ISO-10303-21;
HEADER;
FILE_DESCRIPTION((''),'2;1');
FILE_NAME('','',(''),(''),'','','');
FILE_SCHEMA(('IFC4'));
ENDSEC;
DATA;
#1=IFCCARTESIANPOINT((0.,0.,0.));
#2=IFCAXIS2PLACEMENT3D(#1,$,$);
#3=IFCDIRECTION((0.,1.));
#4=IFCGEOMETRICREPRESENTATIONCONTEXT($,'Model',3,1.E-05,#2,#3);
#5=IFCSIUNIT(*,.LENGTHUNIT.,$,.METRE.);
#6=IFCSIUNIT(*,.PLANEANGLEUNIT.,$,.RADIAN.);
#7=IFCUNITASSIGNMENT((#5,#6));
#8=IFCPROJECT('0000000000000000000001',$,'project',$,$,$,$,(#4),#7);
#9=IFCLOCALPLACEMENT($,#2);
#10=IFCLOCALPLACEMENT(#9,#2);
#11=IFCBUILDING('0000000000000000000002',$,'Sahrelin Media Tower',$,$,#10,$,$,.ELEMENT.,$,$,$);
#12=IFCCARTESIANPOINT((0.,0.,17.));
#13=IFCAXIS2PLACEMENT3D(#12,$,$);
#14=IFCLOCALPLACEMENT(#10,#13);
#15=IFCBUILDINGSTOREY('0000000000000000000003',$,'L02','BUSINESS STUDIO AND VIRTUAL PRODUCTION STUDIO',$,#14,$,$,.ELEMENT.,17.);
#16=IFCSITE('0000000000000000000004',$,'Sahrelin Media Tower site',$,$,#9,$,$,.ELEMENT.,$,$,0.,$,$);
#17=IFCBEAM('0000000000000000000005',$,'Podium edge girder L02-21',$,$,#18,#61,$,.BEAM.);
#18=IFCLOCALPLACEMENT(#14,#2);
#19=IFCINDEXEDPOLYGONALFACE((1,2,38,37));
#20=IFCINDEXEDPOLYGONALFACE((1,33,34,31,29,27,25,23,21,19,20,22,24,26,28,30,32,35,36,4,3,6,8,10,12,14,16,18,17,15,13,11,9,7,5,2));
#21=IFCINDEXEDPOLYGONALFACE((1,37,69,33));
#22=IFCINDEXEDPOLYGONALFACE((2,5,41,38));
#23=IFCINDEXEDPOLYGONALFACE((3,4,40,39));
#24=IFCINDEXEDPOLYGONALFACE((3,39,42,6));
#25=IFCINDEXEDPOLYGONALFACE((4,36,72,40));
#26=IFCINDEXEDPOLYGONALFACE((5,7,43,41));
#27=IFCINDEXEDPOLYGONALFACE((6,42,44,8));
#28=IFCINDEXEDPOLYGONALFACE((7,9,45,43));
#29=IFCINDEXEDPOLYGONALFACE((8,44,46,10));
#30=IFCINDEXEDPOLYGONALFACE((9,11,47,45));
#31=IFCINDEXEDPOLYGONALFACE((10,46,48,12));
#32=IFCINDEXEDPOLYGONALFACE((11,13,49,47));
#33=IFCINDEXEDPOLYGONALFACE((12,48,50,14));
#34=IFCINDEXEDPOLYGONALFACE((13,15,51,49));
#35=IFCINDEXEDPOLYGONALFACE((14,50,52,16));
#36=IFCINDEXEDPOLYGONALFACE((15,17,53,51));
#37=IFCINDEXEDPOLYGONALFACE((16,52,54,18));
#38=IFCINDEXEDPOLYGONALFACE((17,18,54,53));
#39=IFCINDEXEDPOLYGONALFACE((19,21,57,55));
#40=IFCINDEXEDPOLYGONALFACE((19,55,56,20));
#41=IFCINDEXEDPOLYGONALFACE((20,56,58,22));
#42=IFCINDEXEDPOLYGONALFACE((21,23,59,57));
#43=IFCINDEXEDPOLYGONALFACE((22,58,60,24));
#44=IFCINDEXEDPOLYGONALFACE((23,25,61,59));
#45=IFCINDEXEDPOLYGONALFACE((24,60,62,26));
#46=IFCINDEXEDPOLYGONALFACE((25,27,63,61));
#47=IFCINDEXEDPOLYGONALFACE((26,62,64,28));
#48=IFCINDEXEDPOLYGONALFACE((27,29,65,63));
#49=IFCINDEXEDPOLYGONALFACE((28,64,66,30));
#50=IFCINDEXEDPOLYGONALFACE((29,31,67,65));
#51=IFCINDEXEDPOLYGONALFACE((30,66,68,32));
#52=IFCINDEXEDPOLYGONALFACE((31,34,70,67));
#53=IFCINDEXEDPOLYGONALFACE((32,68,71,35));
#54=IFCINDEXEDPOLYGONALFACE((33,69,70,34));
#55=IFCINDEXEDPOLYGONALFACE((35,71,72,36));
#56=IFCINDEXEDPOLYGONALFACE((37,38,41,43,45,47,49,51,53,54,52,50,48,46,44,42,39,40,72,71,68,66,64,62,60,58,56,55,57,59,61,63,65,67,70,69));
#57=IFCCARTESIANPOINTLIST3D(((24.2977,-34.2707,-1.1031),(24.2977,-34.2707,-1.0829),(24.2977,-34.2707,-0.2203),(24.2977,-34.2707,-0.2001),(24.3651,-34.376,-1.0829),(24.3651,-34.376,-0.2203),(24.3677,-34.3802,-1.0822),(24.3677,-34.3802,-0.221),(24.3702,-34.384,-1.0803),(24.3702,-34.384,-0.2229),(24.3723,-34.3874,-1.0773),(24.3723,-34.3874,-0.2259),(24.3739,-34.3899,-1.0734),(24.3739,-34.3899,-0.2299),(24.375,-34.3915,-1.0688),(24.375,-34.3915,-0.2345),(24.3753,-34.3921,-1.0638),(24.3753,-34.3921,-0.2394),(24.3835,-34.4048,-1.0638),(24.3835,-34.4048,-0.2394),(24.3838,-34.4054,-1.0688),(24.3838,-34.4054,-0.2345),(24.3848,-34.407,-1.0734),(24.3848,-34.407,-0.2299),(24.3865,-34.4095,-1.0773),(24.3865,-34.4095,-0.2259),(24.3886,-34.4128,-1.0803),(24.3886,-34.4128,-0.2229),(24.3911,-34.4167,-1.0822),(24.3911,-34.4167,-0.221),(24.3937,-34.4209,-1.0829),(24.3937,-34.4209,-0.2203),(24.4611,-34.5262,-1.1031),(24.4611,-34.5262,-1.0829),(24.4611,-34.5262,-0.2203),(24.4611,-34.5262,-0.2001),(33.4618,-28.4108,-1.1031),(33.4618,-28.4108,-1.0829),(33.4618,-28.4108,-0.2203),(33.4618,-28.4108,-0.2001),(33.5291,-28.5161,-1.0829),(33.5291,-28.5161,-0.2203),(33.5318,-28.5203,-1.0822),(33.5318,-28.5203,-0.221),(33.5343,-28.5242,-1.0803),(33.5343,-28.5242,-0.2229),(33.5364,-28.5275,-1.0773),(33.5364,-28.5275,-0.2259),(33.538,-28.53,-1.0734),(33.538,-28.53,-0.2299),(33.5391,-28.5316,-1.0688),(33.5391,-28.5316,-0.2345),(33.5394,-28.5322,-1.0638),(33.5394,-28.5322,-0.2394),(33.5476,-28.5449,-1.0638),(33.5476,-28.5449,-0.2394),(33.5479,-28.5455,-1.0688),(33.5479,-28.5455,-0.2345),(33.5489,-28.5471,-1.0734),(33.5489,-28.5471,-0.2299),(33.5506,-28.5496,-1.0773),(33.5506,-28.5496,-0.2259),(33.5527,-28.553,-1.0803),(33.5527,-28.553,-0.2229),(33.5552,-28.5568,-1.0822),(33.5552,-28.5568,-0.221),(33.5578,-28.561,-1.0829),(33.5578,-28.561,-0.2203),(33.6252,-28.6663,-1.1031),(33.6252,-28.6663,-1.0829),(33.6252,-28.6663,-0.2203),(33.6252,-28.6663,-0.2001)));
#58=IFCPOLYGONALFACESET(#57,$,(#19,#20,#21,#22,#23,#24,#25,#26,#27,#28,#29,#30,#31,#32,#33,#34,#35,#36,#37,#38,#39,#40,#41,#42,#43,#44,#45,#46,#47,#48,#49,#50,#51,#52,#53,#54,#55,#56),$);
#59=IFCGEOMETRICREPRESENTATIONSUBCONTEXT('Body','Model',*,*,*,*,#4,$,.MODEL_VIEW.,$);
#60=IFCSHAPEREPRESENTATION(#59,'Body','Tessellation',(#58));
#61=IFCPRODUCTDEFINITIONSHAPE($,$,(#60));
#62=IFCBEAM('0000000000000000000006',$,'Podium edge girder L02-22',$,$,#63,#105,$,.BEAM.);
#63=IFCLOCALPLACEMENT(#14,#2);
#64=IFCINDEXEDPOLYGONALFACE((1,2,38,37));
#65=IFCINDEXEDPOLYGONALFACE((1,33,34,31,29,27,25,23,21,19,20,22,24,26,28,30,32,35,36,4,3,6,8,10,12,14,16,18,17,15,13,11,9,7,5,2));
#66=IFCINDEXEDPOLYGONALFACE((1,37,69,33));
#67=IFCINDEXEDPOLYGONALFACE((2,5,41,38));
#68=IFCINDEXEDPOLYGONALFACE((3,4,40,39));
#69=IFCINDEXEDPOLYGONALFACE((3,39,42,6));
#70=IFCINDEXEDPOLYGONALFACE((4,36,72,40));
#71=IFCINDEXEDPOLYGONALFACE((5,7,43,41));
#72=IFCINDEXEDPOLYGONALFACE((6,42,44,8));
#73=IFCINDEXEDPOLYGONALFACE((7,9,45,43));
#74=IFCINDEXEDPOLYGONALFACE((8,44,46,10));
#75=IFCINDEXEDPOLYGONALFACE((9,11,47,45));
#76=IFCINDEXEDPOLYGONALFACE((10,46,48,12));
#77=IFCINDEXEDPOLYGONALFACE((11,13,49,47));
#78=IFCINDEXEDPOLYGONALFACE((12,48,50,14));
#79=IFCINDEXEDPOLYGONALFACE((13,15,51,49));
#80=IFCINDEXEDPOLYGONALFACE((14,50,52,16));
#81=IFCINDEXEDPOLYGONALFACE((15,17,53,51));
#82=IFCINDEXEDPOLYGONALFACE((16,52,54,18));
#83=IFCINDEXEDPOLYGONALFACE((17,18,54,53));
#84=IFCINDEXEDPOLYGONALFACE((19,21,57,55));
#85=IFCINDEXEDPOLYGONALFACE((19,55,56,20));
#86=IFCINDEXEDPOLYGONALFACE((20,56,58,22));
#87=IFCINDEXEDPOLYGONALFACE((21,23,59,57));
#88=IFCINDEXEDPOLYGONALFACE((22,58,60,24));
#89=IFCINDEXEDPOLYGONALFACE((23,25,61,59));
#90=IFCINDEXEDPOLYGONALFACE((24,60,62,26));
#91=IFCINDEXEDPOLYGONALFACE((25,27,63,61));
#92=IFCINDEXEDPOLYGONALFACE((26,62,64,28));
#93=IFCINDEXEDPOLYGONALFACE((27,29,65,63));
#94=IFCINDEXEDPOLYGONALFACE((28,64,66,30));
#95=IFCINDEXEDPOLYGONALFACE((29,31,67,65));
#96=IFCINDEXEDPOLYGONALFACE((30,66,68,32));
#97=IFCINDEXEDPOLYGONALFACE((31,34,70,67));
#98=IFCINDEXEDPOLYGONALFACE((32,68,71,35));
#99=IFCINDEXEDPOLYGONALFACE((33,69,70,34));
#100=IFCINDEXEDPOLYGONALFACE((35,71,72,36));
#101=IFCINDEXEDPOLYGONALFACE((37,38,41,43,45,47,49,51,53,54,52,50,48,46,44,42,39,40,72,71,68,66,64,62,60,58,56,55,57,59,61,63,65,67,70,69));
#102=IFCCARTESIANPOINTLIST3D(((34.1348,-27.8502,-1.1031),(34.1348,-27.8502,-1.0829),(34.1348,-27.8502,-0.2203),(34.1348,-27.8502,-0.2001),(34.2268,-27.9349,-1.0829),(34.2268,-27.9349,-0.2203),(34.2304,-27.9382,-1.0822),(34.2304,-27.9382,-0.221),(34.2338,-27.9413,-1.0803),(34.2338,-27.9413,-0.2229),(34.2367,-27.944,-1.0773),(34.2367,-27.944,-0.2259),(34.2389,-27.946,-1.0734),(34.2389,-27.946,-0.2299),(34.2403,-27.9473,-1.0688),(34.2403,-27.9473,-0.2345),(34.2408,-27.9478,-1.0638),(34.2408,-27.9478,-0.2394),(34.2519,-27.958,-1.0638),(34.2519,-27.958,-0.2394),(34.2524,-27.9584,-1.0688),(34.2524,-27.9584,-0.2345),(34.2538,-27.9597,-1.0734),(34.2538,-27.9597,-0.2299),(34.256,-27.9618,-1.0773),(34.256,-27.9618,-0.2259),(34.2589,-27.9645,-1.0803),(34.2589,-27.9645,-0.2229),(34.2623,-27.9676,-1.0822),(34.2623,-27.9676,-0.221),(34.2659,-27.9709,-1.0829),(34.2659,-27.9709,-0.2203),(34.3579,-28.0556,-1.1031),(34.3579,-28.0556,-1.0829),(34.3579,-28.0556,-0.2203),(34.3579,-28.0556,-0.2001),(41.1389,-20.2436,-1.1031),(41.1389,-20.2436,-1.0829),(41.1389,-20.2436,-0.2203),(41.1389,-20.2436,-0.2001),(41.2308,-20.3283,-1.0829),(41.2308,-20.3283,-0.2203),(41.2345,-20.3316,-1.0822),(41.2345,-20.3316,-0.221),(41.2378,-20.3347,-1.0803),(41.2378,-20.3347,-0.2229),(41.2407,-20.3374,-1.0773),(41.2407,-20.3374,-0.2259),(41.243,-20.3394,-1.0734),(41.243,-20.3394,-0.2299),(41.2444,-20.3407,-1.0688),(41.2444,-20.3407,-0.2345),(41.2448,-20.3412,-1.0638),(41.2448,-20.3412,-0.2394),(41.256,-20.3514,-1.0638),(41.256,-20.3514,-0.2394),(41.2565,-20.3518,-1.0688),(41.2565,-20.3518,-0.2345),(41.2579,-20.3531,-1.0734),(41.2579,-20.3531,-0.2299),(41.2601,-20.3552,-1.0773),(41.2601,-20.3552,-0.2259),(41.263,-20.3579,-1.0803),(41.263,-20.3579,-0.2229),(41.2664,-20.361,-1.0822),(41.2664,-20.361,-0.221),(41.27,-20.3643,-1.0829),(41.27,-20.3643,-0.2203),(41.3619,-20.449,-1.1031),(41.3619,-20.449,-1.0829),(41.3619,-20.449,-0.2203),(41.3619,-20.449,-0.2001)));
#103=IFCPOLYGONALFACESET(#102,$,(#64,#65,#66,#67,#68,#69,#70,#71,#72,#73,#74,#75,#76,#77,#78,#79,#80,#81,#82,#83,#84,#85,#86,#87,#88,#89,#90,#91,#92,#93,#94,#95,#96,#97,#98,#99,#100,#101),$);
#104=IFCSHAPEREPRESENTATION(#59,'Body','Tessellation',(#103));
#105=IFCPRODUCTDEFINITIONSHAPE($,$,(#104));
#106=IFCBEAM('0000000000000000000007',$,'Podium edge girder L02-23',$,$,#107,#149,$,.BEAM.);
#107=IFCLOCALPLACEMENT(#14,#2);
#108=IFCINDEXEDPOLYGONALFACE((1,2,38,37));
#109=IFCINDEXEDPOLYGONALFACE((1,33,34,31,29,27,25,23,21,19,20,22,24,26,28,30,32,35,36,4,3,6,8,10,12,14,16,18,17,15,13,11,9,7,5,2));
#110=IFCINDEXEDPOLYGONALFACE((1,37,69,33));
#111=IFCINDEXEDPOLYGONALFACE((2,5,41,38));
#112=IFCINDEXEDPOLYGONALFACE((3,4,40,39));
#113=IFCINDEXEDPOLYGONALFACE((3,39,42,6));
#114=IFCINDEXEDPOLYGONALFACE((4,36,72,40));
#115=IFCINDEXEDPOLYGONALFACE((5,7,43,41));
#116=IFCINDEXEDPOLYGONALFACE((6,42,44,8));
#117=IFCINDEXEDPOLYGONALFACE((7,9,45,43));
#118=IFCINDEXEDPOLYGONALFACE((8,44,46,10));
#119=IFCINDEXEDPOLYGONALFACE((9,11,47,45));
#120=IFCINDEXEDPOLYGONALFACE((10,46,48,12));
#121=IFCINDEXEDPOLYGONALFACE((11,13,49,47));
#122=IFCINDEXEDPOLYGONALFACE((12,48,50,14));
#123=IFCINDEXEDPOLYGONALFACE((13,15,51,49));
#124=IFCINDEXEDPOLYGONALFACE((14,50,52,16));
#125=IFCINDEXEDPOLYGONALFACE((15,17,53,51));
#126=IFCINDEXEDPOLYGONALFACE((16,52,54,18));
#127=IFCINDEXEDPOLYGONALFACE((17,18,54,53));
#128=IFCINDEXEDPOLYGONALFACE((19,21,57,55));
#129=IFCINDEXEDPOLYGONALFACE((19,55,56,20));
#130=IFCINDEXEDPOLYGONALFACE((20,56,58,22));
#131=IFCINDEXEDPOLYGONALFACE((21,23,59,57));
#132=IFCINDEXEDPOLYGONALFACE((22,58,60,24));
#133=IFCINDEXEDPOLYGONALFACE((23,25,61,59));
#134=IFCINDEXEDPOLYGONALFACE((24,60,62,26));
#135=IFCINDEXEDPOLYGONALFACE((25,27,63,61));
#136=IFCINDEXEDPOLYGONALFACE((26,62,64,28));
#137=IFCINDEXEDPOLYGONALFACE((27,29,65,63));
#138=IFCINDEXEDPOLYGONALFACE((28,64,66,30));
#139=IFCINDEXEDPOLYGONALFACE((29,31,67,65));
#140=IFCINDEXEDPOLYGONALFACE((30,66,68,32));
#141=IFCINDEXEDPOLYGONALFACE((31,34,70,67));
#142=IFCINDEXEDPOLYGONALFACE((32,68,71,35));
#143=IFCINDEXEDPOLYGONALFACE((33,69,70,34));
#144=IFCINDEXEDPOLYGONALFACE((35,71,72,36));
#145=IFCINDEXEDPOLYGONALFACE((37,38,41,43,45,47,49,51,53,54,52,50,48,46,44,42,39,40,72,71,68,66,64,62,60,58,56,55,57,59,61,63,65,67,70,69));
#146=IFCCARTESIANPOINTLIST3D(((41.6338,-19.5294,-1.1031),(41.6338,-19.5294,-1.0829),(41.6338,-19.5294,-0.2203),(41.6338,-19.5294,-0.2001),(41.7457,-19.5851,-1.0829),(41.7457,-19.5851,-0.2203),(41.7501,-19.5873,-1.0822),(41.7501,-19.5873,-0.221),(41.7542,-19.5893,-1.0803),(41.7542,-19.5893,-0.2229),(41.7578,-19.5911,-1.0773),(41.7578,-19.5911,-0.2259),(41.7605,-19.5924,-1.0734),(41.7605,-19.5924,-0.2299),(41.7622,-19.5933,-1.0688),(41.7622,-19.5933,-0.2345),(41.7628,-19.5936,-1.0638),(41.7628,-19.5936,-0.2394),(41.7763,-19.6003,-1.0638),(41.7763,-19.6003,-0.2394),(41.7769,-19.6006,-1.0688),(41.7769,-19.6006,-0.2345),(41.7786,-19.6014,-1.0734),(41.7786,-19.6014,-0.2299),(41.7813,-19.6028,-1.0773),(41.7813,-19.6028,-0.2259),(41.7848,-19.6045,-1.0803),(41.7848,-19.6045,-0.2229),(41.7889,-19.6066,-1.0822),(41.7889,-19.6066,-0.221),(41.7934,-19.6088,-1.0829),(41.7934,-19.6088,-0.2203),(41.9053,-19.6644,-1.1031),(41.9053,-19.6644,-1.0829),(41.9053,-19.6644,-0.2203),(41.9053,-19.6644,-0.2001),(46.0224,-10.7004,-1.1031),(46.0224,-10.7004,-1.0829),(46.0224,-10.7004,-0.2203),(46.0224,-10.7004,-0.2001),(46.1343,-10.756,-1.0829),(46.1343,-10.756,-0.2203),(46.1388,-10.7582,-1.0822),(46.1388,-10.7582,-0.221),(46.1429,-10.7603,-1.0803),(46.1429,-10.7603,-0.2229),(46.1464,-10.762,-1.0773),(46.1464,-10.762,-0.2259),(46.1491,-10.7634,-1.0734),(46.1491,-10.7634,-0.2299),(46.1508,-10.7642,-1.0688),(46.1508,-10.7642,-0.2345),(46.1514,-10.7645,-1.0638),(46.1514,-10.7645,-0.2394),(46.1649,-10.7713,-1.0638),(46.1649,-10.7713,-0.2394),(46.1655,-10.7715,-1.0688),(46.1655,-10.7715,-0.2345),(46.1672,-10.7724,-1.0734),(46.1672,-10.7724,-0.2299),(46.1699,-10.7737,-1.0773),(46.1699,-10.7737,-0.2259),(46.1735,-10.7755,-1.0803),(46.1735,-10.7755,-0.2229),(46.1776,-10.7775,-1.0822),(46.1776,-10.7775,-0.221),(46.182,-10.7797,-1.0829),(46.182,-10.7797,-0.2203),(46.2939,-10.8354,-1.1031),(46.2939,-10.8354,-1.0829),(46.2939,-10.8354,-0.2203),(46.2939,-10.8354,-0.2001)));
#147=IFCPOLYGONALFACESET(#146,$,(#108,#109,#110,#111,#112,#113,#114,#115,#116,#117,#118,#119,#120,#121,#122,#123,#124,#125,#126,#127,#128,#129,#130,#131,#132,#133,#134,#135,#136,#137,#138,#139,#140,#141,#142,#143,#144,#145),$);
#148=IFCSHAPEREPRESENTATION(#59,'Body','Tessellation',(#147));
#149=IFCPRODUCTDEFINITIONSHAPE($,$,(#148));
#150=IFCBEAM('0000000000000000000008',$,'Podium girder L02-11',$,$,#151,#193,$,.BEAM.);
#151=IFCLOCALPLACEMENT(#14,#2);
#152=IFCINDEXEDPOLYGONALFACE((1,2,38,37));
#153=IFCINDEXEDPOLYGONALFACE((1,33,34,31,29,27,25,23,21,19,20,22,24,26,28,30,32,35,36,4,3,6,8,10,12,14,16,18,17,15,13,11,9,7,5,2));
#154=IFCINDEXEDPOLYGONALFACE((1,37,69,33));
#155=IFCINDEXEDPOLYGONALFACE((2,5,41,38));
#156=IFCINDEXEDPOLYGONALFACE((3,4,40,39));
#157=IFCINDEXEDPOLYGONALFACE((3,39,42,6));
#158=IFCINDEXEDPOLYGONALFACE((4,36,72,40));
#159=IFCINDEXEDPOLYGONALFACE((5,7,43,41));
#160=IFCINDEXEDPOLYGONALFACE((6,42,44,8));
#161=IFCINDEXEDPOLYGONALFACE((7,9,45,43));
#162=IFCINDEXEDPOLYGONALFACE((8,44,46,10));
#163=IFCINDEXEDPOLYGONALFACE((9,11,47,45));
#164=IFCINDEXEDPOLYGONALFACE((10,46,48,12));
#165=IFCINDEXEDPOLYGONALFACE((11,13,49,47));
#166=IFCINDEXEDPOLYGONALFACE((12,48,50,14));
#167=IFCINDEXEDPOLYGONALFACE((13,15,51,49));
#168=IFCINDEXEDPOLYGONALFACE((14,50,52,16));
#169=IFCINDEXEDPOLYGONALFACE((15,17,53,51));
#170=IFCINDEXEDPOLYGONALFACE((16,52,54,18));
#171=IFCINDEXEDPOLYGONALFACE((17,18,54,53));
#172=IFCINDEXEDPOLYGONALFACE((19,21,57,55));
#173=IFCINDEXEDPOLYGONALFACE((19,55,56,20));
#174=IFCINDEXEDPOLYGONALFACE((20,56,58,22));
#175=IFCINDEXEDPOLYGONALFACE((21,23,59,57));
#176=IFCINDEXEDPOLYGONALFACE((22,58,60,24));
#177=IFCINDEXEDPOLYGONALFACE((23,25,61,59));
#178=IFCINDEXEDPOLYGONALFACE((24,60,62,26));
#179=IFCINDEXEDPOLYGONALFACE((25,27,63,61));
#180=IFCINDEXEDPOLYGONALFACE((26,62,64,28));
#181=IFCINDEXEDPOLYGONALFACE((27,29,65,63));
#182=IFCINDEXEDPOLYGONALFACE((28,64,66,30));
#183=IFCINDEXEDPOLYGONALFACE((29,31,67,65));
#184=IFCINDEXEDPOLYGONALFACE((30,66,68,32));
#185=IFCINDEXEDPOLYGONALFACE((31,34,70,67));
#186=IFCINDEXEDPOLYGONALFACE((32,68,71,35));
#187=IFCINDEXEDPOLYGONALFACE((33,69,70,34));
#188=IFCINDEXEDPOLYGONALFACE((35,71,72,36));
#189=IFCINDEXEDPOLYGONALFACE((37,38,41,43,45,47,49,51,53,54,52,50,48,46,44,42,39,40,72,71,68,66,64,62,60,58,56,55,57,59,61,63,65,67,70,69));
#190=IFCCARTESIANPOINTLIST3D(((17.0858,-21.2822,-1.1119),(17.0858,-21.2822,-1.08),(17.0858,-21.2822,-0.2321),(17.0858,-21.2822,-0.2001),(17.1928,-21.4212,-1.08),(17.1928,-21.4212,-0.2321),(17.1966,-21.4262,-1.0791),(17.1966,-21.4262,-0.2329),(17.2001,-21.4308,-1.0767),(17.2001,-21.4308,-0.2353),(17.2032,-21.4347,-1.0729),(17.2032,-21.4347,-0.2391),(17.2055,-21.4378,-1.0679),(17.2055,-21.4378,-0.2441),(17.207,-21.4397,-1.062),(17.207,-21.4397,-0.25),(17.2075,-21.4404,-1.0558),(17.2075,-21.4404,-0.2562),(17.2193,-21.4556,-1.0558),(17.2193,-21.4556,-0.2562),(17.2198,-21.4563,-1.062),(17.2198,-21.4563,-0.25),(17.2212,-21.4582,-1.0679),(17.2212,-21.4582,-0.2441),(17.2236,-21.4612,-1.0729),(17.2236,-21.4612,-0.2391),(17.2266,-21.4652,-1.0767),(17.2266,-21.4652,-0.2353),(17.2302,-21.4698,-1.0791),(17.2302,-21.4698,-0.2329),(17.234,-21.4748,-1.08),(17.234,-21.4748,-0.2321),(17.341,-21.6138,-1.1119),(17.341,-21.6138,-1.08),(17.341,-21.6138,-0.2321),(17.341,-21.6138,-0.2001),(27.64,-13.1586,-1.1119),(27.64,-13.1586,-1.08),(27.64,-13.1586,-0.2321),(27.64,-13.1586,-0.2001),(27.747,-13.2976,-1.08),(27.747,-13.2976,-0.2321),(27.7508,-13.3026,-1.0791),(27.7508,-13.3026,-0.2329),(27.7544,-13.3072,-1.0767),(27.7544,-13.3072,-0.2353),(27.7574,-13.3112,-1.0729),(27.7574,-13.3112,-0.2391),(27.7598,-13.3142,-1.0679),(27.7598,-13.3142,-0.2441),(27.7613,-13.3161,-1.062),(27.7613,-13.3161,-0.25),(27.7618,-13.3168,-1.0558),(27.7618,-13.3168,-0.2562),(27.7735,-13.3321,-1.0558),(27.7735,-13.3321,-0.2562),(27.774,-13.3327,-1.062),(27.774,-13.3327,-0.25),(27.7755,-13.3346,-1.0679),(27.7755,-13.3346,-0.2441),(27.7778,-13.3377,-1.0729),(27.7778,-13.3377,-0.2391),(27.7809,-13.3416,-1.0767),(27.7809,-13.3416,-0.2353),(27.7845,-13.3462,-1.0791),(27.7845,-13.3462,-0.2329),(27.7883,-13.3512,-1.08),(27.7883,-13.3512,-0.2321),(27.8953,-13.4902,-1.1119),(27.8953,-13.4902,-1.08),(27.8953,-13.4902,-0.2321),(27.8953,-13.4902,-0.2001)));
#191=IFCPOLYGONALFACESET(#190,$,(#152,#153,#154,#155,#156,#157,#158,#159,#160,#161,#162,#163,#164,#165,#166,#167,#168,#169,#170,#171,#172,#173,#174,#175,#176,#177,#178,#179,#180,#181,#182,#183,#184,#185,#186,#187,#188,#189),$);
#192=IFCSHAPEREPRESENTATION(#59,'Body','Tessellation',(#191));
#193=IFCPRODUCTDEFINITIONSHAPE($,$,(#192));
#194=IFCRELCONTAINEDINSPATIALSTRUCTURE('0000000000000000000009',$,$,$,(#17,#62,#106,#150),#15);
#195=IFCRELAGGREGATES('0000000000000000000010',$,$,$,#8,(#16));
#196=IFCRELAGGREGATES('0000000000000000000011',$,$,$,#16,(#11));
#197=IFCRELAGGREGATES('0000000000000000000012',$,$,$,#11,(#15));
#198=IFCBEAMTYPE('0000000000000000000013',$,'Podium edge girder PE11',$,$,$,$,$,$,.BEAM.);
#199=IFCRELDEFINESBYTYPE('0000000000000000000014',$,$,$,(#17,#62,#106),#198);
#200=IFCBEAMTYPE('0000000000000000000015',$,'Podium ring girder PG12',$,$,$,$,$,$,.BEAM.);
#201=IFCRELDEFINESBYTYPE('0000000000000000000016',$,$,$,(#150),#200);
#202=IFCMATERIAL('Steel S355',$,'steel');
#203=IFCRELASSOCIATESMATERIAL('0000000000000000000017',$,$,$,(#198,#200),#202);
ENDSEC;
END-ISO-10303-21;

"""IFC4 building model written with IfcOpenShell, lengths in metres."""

from ifc_helpers import new_model, si_unit, direction, frame, origin, origin_2d, place, context, subcontext, project, spatial, i_section, extrude, material, material_profile, profile_set, type_object, element, save


model = new_model("IFC4")

# Units and contexts
model_context = context("Model", 3, precision=1e-05, world=origin(), true_north=direction((0.0, 1.0)))
body_context = subcontext(model_context, "Body", "Model", "MODEL_VIEW")
ifc_project = project(units=[si_unit("LENGTHUNIT", "METRE"), si_unit("PLANEANGLEUNIT", "RADIAN")], contexts=[model_context])

# Site, building, storey
site_placement = place(None, origin())
site = spatial("IfcSite", under=ifc_project, at=site_placement, Name="Sahrelin Media Tower site", CompositionType="ELEMENT", RefElevation=0.0)
building_placement = place(site_placement, origin())
building = spatial("IfcBuilding", under=site, at=building_placement, Name="Sahrelin Media Tower", CompositionType="ELEMENT")
storey_placement = place(building_placement, frame((0.0, 0.0, 17.0)))
storey = spatial("IfcBuildingStorey", under=building, at=storey_placement, Name="L02", Description="BUSINESS STUDIO AND VIRTUAL PRODUCTION STUDIO", CompositionType="ELEMENT", Elevation=17.0)

# Beams
ifc_material_1 = material(Name="Steel S355", Category="steel")
ifc_material_profile_1 = material_profile(ifc_material_1, i_section(OverallWidth=0.3032, OverallDepth=0.9031, WebThickness=0.0151, FlangeThickness=0.0203, FilletRadius=0.019, at=origin_2d()), Name="UB 914x305x201")
ifc_profile_set_1 = profile_set([ifc_material_profile_1], Name="Steel S355")
beam_type_1 = type_object("IfcBeamType", Name="Podium edge girder PE11", PredefinedType="BEAM", material=ifc_profile_set_1)
beam_1_placement = place(storey_placement, frame((24.3794, -34.3984, -0.6516), z_axis=(0.842486, 0.538719, 0.0), x_axis=(-0.538719, 0.842486, 0.0)))
element("IfcBeam", 1, at=beam_1_placement, inside=storey, type_object=beam_type_1, Name="Podium edge girder L02-21", PredefinedType="BEAM", context=body_context, shape_type="SweptSolid", body=[
    extrude(i_section(OverallWidth=0.3032, OverallDepth=0.9031, WebThickness=0.0151, FlangeThickness=0.0203, FilletRadius=0.019, at=origin_2d()), origin(), (0.0, 0.0, 1.0), 10.8774),
])
beam_2_placement = place(storey_placement, frame((34.2463, -27.9529, -0.6516), z_axis=(0.677371, 0.735642, 0.0), x_axis=(-0.735642, 0.677371, 0.0)))
element("IfcBeam", 2, at=beam_2_placement, inside=storey, type_object=beam_type_1, Name="Podium edge girder L02-22", PredefinedType="BEAM", context=body_context, shape_type="SweptSolid", body=[
    extrude(i_section(OverallWidth=0.3032, OverallDepth=0.9031, WebThickness=0.0151, FlangeThickness=0.0203, FilletRadius=0.019, at=origin_2d()), origin(), (0.0, 0.0, 1.0), 10.3401),
])
beam_3_placement = place(storey_placement, frame((41.7695, -19.5969, -0.6516), z_axis=(0.445113, 0.895475, 0.0), x_axis=(-0.895475, 0.445113, 0.0)))
element("IfcBeam", 3, at=beam_3_placement, inside=storey, type_object=beam_type_1, Name="Podium edge girder L02-23", PredefinedType="BEAM", context=body_context, shape_type="SweptSolid", body=[
    extrude(i_section(OverallWidth=0.3032, OverallDepth=0.9031, WebThickness=0.0151, FlangeThickness=0.0203, FilletRadius=0.019, at=origin_2d()), origin(), (0.0, 0.0, 1.0), 9.8596),
])
ifc_material_profile_2 = material_profile(ifc_material_1, i_section(OverallWidth=0.4185, OverallDepth=0.9119, WebThickness=0.0193, FlangeThickness=0.032, FilletRadius=0.0242, at=origin_2d()), Name="UB 914x419x343")
ifc_profile_set_2 = profile_set([ifc_material_profile_2], Name="Steel S355")
beam_type_2 = type_object("IfcBeamType", Name="Podium ring girder PG12", PredefinedType="BEAM", material=ifc_profile_set_2)
beam_4_placement = place(storey_placement, frame((17.2134, -21.448, -0.656), z_axis=(0.792445, 0.609943, 0.0), x_axis=(-0.609943, 0.792445, 0.0)))
element("IfcBeam", 4, at=beam_4_placement, inside=storey, type_object=beam_type_2, Name="Podium girder L02-11", PredefinedType="BEAM", context=body_context, shape_type="SweptSolid", body=[
    extrude(i_section(OverallWidth=0.4185, OverallDepth=0.9119, WebThickness=0.0193, FlangeThickness=0.032, FilletRadius=0.0242, at=origin_2d()), origin(), (0.0, 0.0, 1.0), 13.3186),
])

save(model, "model.ifc")
